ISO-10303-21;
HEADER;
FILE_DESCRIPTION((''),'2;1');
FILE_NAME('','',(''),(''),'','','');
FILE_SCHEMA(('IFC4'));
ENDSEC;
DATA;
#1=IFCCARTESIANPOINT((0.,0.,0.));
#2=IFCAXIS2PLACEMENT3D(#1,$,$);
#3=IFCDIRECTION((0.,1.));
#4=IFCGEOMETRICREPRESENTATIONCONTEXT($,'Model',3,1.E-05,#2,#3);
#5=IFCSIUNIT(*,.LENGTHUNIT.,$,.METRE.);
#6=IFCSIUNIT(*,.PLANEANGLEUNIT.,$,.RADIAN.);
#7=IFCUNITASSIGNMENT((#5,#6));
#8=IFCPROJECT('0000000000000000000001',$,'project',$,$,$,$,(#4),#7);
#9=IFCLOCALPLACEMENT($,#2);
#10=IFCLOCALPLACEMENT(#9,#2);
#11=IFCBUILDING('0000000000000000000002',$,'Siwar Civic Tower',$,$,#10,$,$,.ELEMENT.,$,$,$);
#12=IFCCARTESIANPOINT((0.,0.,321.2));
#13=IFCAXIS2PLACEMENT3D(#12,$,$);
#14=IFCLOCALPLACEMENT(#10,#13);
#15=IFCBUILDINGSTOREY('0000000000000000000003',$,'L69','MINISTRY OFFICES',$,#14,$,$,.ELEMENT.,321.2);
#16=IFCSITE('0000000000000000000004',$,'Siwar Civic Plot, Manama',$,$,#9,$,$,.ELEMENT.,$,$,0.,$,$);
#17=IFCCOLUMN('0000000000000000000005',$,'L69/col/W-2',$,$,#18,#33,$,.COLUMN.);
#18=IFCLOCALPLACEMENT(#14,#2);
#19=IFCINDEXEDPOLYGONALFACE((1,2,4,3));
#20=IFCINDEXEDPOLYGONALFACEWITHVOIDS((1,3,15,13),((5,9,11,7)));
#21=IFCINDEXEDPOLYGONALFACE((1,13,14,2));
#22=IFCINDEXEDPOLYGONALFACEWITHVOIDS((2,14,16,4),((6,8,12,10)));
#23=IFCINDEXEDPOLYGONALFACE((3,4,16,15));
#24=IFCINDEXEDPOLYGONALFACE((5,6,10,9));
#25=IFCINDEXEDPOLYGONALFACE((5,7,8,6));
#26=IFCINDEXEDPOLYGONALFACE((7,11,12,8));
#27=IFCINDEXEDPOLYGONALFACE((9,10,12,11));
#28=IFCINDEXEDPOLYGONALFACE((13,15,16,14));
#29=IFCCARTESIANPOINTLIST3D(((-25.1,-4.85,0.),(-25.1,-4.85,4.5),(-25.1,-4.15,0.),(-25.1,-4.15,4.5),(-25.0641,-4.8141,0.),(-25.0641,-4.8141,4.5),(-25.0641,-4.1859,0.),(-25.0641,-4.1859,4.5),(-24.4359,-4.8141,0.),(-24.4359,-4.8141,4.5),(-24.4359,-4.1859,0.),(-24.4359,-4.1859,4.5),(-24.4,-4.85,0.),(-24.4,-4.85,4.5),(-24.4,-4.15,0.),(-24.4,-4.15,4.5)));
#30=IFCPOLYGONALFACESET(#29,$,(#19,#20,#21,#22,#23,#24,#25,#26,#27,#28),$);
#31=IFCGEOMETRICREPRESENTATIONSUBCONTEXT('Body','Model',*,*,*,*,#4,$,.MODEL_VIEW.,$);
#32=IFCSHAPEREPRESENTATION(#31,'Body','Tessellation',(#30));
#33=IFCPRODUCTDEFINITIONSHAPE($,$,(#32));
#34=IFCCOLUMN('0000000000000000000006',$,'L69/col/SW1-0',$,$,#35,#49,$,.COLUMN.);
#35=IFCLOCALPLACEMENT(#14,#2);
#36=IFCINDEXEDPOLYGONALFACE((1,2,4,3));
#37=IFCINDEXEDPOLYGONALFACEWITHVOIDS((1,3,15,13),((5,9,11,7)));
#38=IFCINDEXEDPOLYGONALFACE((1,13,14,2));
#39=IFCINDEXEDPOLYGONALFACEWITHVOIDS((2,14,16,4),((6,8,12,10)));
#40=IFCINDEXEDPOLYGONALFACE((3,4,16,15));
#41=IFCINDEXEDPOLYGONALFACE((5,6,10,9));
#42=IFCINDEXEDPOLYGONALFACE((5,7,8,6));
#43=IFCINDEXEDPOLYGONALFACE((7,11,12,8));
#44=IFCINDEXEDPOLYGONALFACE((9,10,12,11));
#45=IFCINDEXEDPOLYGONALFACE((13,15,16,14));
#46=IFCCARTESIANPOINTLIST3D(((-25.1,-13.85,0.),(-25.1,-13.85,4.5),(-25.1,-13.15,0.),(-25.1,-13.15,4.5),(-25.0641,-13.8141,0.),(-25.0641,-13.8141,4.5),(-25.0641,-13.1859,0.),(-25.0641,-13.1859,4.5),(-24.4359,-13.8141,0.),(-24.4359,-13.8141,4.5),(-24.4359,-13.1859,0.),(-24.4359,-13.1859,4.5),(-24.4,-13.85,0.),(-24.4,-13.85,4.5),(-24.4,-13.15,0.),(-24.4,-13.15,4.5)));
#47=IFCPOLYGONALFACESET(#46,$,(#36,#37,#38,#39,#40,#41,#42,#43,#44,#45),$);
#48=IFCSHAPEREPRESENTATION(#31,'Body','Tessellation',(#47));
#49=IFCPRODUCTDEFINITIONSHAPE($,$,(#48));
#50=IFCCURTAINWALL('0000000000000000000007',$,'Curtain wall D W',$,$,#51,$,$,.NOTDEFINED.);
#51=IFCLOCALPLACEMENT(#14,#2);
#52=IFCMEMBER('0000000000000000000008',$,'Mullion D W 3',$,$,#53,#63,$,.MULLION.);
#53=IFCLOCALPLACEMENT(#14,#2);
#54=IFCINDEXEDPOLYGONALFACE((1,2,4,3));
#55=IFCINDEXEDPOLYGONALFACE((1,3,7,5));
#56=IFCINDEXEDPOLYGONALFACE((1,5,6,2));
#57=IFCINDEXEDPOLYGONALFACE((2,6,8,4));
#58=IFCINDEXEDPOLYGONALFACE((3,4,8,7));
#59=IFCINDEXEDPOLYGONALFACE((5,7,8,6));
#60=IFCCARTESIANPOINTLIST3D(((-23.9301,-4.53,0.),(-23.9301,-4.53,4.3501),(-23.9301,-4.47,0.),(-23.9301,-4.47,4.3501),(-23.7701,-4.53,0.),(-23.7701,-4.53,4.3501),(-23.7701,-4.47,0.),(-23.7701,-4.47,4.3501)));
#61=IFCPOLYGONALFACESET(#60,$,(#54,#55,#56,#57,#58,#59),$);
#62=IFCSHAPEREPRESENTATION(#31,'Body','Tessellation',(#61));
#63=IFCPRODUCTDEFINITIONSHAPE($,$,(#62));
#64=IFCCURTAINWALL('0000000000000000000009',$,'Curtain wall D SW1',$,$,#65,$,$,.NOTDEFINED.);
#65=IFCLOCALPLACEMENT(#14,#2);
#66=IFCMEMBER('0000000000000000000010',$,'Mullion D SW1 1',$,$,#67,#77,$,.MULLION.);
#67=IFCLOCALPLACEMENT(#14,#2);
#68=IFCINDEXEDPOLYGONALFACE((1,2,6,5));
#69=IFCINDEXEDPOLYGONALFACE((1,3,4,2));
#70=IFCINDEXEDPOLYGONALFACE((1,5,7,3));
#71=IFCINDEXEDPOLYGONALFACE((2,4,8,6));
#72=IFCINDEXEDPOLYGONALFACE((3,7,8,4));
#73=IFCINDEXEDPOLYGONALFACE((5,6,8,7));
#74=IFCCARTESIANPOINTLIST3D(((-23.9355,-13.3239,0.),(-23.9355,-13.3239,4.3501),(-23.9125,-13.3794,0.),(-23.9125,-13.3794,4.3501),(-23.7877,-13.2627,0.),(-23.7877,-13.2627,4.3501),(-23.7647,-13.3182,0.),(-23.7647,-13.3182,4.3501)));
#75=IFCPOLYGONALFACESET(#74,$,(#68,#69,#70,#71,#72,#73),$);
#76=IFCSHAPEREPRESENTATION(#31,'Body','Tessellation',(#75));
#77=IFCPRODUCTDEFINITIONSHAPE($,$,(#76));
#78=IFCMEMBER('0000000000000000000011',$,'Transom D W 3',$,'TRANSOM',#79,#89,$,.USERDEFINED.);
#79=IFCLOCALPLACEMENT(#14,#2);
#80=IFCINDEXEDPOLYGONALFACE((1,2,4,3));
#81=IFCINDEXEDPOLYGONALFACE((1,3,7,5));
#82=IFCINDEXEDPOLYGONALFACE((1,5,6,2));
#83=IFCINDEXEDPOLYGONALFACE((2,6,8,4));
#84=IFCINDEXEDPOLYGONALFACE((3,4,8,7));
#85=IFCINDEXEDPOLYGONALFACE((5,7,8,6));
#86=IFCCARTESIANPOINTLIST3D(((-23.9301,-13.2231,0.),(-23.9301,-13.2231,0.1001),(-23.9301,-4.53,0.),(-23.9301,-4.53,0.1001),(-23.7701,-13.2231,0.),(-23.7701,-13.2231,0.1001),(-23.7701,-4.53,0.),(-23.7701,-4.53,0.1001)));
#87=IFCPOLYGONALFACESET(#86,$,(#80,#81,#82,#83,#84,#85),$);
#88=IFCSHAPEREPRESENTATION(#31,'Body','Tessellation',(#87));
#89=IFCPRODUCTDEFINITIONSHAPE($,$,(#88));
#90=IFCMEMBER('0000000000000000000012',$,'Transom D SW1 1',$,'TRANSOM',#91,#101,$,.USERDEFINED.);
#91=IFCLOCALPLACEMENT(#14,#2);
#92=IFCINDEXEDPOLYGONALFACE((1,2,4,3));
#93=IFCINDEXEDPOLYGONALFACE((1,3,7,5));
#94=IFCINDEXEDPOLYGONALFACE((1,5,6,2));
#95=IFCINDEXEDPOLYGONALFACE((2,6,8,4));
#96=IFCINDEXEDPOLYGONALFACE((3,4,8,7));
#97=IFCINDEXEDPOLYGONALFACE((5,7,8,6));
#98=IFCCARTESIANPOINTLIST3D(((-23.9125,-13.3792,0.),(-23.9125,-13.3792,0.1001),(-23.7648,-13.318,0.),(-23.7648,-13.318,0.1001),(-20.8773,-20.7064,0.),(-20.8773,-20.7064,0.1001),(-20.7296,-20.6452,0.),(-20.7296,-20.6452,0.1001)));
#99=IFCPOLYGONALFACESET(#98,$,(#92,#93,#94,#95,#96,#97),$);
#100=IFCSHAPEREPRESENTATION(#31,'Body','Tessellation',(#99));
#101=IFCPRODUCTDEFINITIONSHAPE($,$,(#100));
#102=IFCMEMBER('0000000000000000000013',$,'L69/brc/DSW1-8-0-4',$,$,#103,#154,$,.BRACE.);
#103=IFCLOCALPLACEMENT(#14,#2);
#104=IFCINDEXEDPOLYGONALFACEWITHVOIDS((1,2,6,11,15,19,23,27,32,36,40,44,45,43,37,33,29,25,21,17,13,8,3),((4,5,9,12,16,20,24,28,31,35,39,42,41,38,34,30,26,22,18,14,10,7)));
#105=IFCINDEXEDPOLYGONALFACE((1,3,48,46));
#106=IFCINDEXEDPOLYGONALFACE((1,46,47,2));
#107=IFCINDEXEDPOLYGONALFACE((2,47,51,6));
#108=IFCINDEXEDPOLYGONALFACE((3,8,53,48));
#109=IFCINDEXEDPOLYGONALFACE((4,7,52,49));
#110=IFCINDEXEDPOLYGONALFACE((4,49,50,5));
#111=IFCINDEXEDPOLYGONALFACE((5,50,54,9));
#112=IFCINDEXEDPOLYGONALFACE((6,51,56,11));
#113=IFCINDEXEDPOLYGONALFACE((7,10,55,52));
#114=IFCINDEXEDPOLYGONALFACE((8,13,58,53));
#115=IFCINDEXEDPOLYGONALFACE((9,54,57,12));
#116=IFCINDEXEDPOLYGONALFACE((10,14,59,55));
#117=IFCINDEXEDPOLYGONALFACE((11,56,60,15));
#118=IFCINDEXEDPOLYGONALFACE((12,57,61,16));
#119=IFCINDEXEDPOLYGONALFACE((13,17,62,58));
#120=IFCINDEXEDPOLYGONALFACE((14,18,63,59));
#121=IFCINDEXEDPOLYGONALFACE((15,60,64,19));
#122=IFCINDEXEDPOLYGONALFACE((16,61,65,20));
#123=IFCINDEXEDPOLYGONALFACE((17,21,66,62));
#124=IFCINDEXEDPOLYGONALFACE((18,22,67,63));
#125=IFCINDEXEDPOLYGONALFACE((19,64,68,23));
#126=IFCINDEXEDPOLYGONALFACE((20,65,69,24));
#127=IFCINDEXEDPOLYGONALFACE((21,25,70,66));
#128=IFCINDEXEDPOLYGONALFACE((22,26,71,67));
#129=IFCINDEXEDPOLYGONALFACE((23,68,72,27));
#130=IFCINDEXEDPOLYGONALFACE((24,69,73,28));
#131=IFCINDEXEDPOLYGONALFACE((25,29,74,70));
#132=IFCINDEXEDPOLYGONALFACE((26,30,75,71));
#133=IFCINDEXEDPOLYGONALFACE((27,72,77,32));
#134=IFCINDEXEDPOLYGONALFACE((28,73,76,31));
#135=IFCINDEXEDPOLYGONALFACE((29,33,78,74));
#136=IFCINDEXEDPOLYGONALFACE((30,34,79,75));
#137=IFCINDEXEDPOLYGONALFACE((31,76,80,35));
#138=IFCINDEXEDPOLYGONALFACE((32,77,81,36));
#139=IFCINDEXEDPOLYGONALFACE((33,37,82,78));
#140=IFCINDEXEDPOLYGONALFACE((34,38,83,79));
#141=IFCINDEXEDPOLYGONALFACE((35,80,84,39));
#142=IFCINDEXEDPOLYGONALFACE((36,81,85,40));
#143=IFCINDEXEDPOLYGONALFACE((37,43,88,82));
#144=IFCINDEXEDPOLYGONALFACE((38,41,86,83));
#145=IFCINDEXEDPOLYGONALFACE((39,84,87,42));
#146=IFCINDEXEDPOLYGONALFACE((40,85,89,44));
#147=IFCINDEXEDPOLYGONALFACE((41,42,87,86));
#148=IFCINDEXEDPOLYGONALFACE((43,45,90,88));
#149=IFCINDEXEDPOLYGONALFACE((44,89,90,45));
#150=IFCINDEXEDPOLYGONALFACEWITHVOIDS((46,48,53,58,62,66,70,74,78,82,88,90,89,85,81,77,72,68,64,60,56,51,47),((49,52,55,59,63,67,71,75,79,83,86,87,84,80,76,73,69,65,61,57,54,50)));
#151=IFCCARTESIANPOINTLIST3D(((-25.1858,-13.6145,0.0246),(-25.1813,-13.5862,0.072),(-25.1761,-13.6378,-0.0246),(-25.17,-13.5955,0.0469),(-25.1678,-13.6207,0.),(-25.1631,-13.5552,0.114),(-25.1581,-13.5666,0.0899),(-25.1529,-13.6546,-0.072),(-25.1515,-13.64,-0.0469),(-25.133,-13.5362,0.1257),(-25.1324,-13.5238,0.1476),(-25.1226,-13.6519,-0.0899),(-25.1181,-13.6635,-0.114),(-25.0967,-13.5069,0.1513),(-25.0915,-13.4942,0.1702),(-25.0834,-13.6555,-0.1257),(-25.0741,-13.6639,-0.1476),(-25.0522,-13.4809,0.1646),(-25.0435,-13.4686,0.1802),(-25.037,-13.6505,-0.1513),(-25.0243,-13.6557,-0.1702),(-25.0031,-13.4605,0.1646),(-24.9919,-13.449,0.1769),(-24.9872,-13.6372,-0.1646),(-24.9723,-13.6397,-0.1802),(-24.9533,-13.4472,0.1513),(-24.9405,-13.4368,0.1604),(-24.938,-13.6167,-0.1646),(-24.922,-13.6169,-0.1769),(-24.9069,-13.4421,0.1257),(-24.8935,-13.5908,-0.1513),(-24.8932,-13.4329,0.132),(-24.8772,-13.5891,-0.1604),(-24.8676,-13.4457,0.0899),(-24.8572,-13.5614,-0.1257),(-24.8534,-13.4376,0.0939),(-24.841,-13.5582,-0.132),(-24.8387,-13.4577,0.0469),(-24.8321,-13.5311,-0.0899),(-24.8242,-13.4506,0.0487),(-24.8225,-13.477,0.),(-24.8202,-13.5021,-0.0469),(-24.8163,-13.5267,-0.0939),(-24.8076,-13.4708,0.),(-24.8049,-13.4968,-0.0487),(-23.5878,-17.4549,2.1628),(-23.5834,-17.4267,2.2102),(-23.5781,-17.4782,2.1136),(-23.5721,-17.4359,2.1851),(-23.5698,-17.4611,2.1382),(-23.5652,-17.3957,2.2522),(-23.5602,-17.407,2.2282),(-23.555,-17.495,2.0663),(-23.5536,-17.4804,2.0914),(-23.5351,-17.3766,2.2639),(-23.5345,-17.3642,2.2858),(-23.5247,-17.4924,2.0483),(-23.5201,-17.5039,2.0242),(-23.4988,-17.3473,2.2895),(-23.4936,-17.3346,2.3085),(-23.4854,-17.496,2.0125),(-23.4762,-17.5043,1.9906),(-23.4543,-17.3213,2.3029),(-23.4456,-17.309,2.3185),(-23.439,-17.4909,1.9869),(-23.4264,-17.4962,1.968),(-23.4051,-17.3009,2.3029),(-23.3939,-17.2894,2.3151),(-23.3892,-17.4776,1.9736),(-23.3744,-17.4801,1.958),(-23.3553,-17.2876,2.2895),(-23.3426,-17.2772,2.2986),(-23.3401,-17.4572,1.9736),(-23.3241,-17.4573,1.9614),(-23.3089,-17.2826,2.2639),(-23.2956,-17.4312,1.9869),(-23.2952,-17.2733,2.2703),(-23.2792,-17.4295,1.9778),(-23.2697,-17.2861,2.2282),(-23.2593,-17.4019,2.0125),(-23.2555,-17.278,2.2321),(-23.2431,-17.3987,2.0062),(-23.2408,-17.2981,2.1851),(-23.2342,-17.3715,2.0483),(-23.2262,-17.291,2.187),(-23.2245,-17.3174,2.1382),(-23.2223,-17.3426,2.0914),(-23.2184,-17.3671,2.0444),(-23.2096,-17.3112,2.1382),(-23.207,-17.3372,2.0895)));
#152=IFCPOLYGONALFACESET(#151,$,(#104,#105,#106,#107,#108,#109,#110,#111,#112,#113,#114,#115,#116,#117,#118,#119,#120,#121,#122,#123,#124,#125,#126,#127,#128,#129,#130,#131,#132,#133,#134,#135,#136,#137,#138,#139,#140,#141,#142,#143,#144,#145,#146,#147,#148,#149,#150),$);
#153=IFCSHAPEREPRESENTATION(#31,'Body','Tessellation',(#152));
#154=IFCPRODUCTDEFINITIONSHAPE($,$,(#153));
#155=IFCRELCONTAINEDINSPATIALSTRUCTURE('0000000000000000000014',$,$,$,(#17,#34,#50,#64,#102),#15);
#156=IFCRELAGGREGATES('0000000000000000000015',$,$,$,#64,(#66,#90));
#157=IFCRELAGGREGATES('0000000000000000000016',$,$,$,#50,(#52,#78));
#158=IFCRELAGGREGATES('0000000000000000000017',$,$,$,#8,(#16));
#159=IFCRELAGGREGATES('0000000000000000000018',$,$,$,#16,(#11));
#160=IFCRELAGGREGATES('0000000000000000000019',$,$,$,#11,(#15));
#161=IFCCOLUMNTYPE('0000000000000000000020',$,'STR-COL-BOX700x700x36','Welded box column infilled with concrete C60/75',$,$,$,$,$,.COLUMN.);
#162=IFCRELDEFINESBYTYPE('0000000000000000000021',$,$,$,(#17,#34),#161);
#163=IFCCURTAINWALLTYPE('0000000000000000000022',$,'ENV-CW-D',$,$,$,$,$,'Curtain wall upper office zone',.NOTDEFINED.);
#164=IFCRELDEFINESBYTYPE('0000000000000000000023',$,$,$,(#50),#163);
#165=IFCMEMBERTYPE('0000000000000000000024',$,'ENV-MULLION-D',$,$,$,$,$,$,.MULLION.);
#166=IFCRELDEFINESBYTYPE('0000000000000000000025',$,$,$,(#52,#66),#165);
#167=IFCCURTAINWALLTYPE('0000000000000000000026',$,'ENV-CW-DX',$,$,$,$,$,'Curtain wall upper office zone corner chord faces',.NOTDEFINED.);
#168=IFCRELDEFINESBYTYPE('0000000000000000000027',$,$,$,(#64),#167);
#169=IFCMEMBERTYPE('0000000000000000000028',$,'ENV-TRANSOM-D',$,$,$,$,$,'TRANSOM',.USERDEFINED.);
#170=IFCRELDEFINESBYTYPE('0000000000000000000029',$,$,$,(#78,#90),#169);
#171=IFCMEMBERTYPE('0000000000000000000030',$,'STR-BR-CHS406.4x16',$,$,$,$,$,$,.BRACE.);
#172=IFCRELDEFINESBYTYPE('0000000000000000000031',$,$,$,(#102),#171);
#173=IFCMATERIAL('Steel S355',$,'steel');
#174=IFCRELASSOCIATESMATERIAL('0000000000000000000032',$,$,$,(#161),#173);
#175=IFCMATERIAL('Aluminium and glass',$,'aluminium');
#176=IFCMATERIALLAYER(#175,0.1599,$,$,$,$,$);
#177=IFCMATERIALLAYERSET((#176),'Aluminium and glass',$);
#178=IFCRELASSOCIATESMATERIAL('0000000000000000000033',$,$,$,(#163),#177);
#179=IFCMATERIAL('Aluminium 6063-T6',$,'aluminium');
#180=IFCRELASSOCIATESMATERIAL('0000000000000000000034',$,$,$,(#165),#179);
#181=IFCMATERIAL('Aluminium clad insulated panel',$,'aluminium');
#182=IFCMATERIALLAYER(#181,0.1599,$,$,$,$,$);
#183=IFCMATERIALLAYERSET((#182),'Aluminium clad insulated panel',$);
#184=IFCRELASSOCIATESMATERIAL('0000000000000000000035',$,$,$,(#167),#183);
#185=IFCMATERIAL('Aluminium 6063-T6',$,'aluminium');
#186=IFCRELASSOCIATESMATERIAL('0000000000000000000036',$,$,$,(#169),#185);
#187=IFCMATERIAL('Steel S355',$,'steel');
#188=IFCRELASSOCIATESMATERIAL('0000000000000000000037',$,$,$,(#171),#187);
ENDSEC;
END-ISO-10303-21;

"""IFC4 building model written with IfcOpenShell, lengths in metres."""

from ifc_helpers import new_model, si_unit, direction, frame, origin, origin_2d, place, context, subcontext, project, spatial, rectangle, hollow_rectangle, hollow_circle, extrude, material, layer, layer_set, material_profile, profile_set, type_object, element, aggregate, save


model = new_model("IFC4")

# Units and contexts
model_context = context("Model", 3, precision=1e-05, world=origin(), true_north=direction((0.0, 1.0)))
body_context = subcontext(model_context, "Body", "Model", "MODEL_VIEW")
ifc_project = project(units=[si_unit("LENGTHUNIT", "METRE"), si_unit("PLANEANGLEUNIT", "RADIAN")], contexts=[model_context])

# Site, building, storey
site_placement = place(None, origin())
site = spatial("IfcSite", under=ifc_project, at=site_placement, Name="Siwar Civic Plot, Manama", CompositionType="ELEMENT", RefElevation=0.0)
building_placement = place(site_placement, origin())
building = spatial("IfcBuilding", under=site, at=building_placement, Name="Siwar Civic Tower", CompositionType="ELEMENT")
storey_placement = place(building_placement, frame((0.0, 0.0, 321.2)))
storey = spatial("IfcBuildingStorey", under=building, at=storey_placement, Name="L69", Description="MINISTRY OFFICES", CompositionType="ELEMENT", Elevation=321.2)

# Columns
ifc_material_1 = material(Name="Steel S355", Category="steel")
ifc_material_profile_1 = material_profile(ifc_material_1, hollow_rectangle(XDim=0.7, YDim=0.7, WallThickness=0.0359, at=origin_2d()), Name="BOX700x700x36")
ifc_profile_set_1 = profile_set([ifc_material_profile_1], Name="Steel S355")
column_type = type_object("IfcColumnType", Name="STR-COL-BOX700x700x36", Description="Welded box column infilled with concrete C60/75", PredefinedType="COLUMN", material=ifc_profile_set_1)
for number, where, z_axis, x_axis, name in (
    (1, (-24.75, -4.5, 0.0), (0.0, 0.0, 1.0), (1.0, 0.0, 0.0), "L69/col/W-2"),
    (2, (-24.75, -13.5, 0.0), (0.0, 0.0, 1.0), (1.0, 0.0, 0.0), "L69/col/SW1-0"),
):
    element("IfcColumn", number, at=place(storey_placement, frame(where, z_axis=z_axis, x_axis=x_axis)), inside=storey, type_object=column_type, Name=name, PredefinedType="COLUMN", context=body_context, shape_type="SweptSolid", body=[
        extrude(hollow_rectangle(XDim=0.7, YDim=0.7, WallThickness=0.0359, at=origin_2d()), origin(), (0.0, 0.0, 1.0), 4.5),
    ])

# Curtain walls, members
ifc_material_2 = material(Name="Aluminium and glass", Category="aluminium")
ifc_layer_1 = layer(ifc_material_2, 0.1599)
ifc_layer_set_1 = layer_set([ifc_layer_1], Name="Aluminium and glass")
curtain_wall_type_1 = type_object("IfcCurtainWallType", Name="ENV-CW-D", ElementType="Curtain wall upper office zone", PredefinedType="NOTDEFINED", material=ifc_layer_set_1)
curtain_wall_1_placement = place(storey_placement, origin())
curtain_wall_1 = element("IfcCurtainWall", 3, at=curtain_wall_1_placement, inside=storey, type_object=curtain_wall_type_1, Name="Curtain wall D W", PredefinedType="NOTDEFINED")
ifc_material_3 = material(Name="Aluminium 6063-T6", Category="aluminium")
ifc_material_profile_2 = material_profile(ifc_material_3, rectangle(XDim=0.1599, YDim=0.0601, at=origin_2d()), Name="AL 160x60")
ifc_profile_set_2 = profile_set([ifc_material_profile_2], Name="Aluminium 6063-T6")
member_type_1 = type_object("IfcMemberType", Name="ENV-MULLION-D", PredefinedType="MULLION", material=ifc_profile_set_2)
member_1_placement = place(storey_placement, frame((-23.8501, -4.5, 0.0), z_axis=(0.0, 0.0, 1.0), x_axis=(1.0, 0.0, 0.0)))
member_1 = element("IfcMember", 4, at=member_1_placement, type_object=member_type_1, Name="Mullion D W 3", PredefinedType="MULLION", context=body_context, shape_type="SweptSolid", body=[
    extrude(rectangle(XDim=0.1599, YDim=0.0601, at=origin_2d()), origin(), (0.0, 0.0, 1.0), 4.3501),
])
ifc_material_4 = material(Name="Aluminium clad insulated panel", Category="aluminium")
ifc_layer_2 = layer(ifc_material_4, 0.1599)
ifc_layer_set_2 = layer_set([ifc_layer_2], Name="Aluminium clad insulated panel")
curtain_wall_type_2 = type_object("IfcCurtainWallType", Name="ENV-CW-DX", ElementType="Curtain wall upper office zone corner chord faces", PredefinedType="NOTDEFINED", material=ifc_layer_set_2)
curtain_wall_2_placement = place(storey_placement, origin())
curtain_wall_2 = element("IfcCurtainWall", 5, at=curtain_wall_2_placement, inside=storey, type_object=curtain_wall_type_2, Name="Curtain wall D SW1", PredefinedType="NOTDEFINED")
member_2_placement = place(storey_placement, frame((-23.8501, -13.321, 0.0), z_axis=(0.0, 0.0, 1.0), x_axis=(0.92388, 0.382683, 0.0)))
member_2 = element("IfcMember", 6, at=member_2_placement, type_object=member_type_1, Name="Mullion D SW1 1", PredefinedType="MULLION", context=body_context, shape_type="SweptSolid", body=[
    extrude(rectangle(XDim=0.1599, YDim=0.0601, at=origin_2d()), origin(), (0.0, 0.0, 1.0), 4.3501),
])

# Members
ifc_material_5 = material(Name="Aluminium 6063-T6", Category="aluminium")
ifc_material_profile_3 = material_profile(ifc_material_5, rectangle(XDim=0.1599, YDim=0.1001, at=origin_2d()), Name="AL 160x100")
ifc_profile_set_3 = profile_set([ifc_material_profile_3], Name="Aluminium 6063-T6")
member_type_2 = type_object("IfcMemberType", Name="ENV-TRANSOM-D", ElementType="TRANSOM", PredefinedType="USERDEFINED", material=ifc_profile_set_3)
member_3_placement = place(storey_placement, frame((-23.8501, -4.53, 0.05), z_axis=(0.0, -1.0, 0.0), x_axis=(1.0, 0.0, 0.0)))
member_3 = element("IfcMember", 7, at=member_3_placement, type_object=member_type_2, Name="Transom D W 3", ObjectType="TRANSOM", PredefinedType="USERDEFINED", context=body_context, shape_type="SweptSolid", body=[
    extrude(rectangle(XDim=0.1599, YDim=0.1001, at=origin_2d()), origin(), (0.0, 0.0, 1.0), 8.6931),
])
member_4_placement = place(storey_placement, frame((-23.8386, -13.3486, 0.05), z_axis=(0.3827, -0.923873, 0.0), x_axis=(0.923873, 0.3827, 0.0)))
member_4 = element("IfcMember", 8, at=member_4_placement, type_object=member_type_2, Name="Transom D SW1 1", ObjectType="TRANSOM", PredefinedType="USERDEFINED", context=body_context, shape_type="SweptSolid", body=[
    extrude(rectangle(XDim=0.1599, YDim=0.1001, at=origin_2d()), origin(), (0.0, 0.0, 1.0), 7.9309),
])
aggregate(curtain_wall_2, [member_2, member_4])
ifc_material_6 = material(Name="Steel S355", Category="steel")
ifc_material_profile_4 = material_profile(ifc_material_6, hollow_circle(Radius=0.2031, WallThickness=0.0161, at=origin_2d()), Name="CHS406.4x16")
ifc_profile_set_4 = profile_set([ifc_material_profile_4], Name="Steel S355")
member_type_3 = type_object("IfcMemberType", Name="STR-BR-CHS406.4x16", PredefinedType="BRACE", material=ifc_profile_set_4)
member_5_placement = place(storey_placement, frame((-24.9951, -13.5488, 0.0), z_axis=(0.341659, -0.82113, 0.457181), x_axis=(0.923268, 0.384157, 0.0)))
element("IfcMember", 9, at=member_5_placement, inside=storey, type_object=member_type_3, Name="L69/brc/DSW1-8-0-4", PredefinedType="BRACE", context=body_context, shape_type="SweptSolid", body=[
    extrude(hollow_circle(Radius=0.2031, WallThickness=0.0161, at=origin_2d()), origin(), (0.0, 0.0, 1.0), 4.677),
])

aggregate(curtain_wall_1, [member_1, member_3])

save(model, "model.ifc")
